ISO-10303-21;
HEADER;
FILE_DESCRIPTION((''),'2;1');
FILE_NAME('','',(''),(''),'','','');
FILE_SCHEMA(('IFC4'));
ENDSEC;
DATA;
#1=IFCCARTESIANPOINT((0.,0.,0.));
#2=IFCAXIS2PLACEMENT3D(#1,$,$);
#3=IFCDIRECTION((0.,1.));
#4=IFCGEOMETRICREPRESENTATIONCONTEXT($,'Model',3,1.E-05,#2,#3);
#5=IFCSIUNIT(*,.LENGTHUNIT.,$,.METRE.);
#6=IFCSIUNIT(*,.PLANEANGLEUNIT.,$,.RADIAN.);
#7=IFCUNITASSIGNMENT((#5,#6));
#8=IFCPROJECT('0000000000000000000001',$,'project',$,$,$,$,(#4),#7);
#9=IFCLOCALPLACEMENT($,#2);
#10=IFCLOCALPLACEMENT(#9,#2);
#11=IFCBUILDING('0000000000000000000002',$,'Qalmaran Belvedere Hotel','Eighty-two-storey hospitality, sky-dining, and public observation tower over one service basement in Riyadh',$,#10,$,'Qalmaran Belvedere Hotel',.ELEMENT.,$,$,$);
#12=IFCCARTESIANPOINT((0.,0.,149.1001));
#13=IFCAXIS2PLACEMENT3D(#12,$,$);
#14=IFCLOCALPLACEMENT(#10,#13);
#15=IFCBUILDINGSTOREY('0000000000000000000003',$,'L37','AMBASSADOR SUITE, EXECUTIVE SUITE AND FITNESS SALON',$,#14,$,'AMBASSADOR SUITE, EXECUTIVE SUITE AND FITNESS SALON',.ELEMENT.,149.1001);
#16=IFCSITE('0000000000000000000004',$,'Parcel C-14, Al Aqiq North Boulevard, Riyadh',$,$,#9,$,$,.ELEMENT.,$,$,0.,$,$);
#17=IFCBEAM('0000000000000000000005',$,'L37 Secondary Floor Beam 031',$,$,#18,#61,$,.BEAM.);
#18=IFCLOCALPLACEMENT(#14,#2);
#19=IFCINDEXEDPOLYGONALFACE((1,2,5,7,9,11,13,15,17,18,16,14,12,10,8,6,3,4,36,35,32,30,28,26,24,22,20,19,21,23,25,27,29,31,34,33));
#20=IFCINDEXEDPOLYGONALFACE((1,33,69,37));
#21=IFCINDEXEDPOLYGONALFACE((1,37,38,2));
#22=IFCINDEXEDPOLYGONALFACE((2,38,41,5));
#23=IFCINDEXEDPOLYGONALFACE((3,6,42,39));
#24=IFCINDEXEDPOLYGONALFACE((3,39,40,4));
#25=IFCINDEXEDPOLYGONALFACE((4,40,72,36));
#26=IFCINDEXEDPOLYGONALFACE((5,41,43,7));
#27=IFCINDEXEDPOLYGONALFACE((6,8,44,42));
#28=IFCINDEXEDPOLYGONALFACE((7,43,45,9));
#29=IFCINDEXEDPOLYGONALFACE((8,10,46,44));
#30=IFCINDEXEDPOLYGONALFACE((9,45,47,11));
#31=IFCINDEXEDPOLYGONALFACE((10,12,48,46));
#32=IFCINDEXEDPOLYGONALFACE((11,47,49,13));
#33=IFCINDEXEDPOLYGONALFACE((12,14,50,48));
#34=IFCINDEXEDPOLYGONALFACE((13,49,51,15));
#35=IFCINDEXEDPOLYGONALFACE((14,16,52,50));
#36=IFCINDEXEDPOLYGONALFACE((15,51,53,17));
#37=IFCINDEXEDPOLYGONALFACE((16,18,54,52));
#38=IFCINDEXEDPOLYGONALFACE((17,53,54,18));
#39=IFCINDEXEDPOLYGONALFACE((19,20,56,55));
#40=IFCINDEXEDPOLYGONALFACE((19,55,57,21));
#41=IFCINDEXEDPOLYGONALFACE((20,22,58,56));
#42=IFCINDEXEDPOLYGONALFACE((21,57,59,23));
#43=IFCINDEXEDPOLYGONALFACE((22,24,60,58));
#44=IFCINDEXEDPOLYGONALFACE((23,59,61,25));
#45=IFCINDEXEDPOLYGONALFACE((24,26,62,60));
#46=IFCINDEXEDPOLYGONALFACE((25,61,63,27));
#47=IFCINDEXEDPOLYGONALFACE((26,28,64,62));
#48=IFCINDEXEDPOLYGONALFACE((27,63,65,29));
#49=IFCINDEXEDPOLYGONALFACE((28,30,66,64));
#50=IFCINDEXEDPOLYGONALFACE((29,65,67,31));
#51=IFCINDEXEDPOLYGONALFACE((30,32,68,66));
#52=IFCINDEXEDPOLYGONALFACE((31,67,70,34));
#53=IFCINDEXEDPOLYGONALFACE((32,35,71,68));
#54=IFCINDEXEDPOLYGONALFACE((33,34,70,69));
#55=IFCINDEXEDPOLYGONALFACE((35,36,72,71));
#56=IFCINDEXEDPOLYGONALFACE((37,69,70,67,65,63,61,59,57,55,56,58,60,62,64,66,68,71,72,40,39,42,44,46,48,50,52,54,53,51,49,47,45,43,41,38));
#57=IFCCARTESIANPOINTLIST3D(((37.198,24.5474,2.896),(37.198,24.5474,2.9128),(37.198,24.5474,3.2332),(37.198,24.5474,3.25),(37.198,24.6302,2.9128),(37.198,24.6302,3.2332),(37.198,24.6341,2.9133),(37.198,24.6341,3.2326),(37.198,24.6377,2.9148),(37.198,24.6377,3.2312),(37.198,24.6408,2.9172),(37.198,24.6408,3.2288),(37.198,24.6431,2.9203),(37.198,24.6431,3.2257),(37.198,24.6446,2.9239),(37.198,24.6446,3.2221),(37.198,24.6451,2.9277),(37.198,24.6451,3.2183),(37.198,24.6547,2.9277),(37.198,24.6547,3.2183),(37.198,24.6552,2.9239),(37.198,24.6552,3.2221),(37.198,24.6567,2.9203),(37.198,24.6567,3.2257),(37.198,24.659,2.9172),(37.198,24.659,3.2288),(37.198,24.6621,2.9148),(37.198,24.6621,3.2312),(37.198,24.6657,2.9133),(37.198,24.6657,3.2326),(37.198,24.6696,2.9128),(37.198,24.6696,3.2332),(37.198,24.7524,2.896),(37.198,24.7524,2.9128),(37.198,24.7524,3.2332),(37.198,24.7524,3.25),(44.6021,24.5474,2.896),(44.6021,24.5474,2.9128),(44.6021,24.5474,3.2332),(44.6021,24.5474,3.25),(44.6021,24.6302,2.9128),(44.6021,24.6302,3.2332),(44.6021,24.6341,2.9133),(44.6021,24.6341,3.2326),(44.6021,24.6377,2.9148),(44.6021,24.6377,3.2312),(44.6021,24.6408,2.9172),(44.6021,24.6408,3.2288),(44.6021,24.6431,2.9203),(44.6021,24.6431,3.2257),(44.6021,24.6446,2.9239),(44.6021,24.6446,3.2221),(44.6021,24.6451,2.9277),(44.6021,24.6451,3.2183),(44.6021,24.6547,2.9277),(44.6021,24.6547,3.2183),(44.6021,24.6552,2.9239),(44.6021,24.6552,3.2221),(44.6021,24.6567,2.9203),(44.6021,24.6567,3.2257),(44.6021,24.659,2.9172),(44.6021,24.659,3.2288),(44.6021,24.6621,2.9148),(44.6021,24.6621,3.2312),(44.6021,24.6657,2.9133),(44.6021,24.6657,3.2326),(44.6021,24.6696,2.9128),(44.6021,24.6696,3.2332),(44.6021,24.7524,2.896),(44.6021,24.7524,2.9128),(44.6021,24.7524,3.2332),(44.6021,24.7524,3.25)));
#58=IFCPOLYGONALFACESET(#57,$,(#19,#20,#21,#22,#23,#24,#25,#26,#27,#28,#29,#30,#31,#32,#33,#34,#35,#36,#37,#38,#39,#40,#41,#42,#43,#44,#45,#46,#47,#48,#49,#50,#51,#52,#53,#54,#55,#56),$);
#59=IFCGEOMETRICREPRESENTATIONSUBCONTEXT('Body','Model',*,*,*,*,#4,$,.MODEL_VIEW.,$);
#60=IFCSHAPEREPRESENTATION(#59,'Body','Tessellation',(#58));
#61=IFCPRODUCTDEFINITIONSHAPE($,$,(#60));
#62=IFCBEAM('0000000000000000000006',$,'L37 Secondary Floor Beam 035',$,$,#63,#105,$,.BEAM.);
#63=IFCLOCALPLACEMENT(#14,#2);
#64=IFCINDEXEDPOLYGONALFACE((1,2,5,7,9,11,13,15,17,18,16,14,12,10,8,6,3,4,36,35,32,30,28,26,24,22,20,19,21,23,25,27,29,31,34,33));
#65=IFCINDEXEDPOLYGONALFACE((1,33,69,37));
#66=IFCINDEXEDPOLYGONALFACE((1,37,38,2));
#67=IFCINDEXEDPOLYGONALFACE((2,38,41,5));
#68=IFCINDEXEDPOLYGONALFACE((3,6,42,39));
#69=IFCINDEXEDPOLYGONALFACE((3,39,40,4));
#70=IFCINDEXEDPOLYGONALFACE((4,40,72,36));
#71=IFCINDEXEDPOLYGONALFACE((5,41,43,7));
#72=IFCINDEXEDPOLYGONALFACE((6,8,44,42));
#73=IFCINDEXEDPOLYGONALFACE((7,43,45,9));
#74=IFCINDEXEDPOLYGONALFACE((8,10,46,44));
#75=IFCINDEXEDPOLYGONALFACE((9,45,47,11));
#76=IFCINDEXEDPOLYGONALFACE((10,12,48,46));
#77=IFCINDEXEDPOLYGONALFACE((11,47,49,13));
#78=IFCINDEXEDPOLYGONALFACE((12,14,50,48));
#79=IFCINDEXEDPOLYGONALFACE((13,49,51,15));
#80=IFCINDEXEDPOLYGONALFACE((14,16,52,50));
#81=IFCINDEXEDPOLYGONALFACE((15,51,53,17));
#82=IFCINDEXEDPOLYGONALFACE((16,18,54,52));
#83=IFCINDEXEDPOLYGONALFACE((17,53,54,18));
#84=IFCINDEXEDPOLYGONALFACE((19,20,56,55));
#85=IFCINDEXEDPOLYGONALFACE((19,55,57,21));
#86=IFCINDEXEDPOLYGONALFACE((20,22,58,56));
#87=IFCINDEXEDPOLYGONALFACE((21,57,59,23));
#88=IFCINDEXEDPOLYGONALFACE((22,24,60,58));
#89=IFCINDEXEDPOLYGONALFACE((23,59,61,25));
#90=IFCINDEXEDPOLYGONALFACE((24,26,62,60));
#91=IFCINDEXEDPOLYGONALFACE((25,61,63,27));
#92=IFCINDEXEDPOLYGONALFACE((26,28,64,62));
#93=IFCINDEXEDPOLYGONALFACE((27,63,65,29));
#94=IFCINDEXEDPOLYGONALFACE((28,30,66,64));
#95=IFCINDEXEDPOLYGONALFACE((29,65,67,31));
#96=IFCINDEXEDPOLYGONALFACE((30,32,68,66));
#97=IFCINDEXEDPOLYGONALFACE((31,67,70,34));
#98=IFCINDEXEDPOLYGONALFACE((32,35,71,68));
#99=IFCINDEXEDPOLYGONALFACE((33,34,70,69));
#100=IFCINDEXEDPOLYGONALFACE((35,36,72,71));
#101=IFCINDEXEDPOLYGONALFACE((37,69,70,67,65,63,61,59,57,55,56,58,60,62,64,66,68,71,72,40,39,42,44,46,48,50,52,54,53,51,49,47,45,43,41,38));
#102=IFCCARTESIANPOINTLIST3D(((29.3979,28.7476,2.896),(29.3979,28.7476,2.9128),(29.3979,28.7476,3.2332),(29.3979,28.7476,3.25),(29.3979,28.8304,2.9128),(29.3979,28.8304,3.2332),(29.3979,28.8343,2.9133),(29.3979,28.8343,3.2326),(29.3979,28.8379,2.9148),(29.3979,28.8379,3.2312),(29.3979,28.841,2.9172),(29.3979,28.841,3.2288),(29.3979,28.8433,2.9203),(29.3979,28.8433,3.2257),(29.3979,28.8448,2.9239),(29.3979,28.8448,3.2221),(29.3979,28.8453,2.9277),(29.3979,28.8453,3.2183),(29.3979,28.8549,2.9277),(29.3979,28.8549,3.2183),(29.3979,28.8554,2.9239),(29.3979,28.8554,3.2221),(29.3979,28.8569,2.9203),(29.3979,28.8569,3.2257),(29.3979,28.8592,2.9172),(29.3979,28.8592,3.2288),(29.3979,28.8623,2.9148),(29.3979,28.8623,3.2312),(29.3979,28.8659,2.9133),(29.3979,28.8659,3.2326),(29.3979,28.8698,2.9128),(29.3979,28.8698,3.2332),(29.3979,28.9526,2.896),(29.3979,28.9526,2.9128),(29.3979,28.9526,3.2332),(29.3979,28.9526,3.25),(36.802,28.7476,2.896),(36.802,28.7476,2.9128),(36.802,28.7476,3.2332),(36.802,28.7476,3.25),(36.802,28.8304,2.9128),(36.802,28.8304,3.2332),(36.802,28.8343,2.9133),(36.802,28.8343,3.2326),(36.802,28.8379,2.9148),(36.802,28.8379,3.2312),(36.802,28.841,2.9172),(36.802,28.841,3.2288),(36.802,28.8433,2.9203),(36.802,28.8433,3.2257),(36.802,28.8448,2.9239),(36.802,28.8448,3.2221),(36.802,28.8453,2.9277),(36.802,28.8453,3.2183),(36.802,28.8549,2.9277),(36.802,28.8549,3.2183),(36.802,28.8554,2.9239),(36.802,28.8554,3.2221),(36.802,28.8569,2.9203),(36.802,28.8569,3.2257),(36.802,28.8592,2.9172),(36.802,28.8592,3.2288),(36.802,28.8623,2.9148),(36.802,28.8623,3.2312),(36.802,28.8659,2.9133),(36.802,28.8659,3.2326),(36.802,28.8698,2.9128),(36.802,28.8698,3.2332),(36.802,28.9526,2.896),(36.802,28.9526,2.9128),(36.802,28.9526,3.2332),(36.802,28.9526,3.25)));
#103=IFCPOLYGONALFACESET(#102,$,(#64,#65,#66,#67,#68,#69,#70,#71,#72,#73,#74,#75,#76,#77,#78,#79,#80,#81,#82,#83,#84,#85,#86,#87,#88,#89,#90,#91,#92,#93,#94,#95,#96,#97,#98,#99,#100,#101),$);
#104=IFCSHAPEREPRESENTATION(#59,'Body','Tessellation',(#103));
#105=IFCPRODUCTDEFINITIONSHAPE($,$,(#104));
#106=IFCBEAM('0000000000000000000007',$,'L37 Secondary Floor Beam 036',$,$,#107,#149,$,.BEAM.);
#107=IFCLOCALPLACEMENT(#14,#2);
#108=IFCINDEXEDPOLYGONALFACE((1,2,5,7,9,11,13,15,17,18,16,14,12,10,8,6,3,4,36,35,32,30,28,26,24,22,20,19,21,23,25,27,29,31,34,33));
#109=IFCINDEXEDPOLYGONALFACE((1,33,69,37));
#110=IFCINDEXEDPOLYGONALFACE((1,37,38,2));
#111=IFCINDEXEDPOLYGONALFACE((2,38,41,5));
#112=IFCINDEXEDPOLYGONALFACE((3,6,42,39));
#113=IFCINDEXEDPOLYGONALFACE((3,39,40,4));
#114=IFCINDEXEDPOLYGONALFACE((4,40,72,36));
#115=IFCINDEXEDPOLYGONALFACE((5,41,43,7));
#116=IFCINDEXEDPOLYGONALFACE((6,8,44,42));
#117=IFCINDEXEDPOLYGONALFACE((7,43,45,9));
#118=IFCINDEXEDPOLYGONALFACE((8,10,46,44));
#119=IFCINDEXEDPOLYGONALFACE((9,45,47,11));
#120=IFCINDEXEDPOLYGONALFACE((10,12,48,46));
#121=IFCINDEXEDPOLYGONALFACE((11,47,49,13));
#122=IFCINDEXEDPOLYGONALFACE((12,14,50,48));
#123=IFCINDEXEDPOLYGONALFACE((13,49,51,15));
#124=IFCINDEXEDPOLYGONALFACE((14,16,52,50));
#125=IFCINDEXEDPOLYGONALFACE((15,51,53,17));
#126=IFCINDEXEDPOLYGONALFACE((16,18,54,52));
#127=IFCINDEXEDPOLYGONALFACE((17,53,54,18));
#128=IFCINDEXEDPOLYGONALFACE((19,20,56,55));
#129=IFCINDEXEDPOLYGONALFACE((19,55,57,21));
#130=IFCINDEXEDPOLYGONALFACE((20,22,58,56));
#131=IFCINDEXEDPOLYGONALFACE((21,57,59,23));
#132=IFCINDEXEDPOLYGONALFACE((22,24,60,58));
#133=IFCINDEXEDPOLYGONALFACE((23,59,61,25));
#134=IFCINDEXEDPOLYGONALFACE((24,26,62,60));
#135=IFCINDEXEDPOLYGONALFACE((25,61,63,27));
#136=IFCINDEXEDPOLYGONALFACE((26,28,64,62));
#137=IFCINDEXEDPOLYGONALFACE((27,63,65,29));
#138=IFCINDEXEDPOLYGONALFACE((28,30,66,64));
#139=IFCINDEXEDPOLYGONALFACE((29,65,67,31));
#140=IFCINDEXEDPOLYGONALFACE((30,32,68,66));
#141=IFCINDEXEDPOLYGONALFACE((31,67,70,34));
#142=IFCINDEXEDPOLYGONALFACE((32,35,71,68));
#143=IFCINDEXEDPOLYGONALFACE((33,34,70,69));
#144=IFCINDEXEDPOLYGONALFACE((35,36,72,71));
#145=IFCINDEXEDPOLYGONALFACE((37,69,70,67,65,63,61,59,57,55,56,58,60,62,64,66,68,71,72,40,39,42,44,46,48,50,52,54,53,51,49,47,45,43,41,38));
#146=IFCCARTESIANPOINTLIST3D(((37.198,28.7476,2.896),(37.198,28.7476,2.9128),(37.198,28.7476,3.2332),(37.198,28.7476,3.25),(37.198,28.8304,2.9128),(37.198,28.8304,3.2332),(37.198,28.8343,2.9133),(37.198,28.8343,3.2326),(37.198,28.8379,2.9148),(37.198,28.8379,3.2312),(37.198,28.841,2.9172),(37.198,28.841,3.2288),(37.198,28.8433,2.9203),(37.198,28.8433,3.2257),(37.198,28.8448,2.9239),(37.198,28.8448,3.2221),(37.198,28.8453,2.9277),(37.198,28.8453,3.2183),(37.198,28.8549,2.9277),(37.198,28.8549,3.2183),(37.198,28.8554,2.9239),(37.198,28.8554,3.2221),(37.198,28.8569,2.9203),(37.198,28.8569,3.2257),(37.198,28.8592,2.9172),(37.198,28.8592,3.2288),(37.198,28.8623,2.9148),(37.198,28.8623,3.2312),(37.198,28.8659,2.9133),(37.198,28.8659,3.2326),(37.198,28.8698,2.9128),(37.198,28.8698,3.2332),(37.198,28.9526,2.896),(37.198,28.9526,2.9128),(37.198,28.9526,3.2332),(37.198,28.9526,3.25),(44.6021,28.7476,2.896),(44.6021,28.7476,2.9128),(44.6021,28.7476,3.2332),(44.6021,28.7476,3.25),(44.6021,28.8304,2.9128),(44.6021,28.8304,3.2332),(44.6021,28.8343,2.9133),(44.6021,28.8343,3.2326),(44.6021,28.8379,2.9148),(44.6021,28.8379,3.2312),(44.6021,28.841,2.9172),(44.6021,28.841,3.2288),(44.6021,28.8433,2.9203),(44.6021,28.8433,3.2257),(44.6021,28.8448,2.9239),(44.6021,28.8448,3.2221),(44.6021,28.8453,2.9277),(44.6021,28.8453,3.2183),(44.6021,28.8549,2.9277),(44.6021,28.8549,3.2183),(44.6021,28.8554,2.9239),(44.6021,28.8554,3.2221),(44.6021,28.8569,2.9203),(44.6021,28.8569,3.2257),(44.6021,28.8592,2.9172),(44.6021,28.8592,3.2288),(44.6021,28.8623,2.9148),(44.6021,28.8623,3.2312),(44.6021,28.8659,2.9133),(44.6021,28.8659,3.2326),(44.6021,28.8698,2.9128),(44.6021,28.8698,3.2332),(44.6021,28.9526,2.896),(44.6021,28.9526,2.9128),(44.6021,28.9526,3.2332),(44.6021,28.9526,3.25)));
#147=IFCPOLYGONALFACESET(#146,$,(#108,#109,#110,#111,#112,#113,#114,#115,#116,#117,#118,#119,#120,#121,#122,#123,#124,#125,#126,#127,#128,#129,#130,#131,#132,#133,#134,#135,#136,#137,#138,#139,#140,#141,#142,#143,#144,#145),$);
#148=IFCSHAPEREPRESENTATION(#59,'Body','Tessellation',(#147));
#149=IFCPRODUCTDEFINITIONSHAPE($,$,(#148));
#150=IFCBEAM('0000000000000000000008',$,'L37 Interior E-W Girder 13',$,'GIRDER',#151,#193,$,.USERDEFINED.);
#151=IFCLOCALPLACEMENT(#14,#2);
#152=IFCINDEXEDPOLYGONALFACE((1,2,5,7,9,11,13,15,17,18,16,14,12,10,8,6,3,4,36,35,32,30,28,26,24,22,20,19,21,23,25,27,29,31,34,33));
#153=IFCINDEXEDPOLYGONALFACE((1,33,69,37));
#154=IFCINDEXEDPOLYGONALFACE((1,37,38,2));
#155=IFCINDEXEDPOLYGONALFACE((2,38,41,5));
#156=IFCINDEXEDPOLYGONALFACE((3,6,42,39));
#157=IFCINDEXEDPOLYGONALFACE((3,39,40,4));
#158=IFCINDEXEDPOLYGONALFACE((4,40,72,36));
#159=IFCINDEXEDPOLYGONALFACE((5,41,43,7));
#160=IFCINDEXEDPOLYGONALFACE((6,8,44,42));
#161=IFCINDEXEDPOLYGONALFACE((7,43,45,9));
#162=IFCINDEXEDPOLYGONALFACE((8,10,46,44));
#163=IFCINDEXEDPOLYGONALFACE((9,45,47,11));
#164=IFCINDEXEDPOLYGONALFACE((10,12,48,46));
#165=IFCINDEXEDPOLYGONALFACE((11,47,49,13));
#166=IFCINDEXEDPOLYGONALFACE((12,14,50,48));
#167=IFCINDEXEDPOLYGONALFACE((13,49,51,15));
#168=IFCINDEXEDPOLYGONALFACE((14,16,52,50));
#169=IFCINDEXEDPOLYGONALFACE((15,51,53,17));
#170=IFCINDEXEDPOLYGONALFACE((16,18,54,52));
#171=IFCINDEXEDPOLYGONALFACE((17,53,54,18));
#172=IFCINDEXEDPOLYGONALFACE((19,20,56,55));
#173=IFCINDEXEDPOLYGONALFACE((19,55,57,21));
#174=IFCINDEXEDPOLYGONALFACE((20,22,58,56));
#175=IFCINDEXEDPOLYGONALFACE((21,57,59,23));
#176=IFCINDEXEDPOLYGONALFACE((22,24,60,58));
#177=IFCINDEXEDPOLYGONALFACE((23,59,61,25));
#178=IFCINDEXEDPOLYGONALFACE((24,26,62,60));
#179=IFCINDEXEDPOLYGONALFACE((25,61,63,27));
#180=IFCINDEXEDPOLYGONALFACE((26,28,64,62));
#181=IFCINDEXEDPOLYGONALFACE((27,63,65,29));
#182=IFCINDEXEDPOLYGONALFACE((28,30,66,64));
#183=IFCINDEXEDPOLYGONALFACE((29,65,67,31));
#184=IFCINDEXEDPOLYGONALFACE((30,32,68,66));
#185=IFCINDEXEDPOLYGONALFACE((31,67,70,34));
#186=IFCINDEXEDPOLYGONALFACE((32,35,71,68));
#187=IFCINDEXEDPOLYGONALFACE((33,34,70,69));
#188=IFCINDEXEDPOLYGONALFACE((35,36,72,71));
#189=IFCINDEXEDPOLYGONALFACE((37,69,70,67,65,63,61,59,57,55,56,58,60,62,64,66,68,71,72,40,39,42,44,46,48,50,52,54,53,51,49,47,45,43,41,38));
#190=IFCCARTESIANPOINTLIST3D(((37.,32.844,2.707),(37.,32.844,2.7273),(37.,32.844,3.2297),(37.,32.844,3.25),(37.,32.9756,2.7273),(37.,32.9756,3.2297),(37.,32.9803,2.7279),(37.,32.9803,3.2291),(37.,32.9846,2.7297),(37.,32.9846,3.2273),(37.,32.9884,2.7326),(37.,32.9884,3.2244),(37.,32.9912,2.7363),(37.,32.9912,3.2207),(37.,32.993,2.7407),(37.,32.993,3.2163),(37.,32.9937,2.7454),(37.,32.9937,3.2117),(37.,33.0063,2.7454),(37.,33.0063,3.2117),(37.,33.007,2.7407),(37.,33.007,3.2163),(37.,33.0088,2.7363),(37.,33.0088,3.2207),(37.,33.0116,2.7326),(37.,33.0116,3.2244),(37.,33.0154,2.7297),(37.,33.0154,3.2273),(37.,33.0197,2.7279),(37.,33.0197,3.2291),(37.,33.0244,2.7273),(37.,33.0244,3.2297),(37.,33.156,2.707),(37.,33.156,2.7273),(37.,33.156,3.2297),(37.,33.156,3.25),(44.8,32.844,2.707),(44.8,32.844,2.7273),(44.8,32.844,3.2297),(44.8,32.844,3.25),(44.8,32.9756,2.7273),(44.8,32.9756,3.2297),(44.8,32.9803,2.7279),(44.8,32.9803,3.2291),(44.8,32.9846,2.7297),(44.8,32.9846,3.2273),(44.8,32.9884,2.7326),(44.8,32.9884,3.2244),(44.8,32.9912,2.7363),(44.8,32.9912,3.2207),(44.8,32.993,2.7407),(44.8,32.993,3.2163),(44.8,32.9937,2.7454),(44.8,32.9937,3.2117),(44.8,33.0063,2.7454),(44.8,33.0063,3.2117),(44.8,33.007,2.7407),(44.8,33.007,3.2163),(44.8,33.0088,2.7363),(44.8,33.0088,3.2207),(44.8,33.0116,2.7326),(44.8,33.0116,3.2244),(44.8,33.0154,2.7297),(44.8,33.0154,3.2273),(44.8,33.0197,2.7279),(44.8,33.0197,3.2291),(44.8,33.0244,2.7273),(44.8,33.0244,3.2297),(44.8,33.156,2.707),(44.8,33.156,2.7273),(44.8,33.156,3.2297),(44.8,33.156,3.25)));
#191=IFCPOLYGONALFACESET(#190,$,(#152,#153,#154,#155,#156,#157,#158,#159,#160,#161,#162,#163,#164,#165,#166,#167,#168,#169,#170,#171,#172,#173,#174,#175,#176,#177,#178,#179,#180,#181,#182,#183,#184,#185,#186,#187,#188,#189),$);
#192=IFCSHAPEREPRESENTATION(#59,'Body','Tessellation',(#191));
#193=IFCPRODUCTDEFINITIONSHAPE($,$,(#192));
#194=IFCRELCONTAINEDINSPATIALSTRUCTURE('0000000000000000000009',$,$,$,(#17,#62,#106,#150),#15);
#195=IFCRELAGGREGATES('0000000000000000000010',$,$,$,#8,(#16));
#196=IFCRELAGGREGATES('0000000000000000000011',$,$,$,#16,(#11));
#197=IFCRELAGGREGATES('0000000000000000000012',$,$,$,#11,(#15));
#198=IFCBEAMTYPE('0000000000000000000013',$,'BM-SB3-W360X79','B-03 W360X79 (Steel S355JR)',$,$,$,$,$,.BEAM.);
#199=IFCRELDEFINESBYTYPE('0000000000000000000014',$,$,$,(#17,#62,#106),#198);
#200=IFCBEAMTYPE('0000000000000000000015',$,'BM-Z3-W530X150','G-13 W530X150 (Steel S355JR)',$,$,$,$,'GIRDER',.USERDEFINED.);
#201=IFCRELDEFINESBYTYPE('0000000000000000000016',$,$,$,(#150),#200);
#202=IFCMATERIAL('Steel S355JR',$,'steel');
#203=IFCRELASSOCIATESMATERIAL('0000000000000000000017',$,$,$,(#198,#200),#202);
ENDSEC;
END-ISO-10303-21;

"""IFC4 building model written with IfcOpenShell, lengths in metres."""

from ifc_helpers import new_model, si_unit, direction, frame, origin, origin_2d, place, context, subcontext, project, spatial, i_section, extrude, material, material_profile, profile_set, type_object, element, save


model = new_model("IFC4")

# Units and contexts
model_context = context("Model", 3, precision=1e-05, world=origin(), true_north=direction((0.0, 1.0)))
body_context = subcontext(model_context, "Body", "Model", "MODEL_VIEW")
ifc_project = project(units=[si_unit("LENGTHUNIT", "METRE"), si_unit("PLANEANGLEUNIT", "RADIAN")], contexts=[model_context])

# Site, building, storey
site_placement = place(None, origin())
site = spatial("IfcSite", under=ifc_project, at=site_placement, Name="Parcel C-14, Al Aqiq North Boulevard, Riyadh", CompositionType="ELEMENT", RefElevation=0.0)
building_placement = place(site_placement, origin())
building = spatial("IfcBuilding", under=site, at=building_placement, Name="Qalmaran Belvedere Hotel", Description="Eighty-two-storey hospitality, sky-dining, and public observation tower over one service basement in Riyadh", LongName="Qalmaran Belvedere Hotel", CompositionType="ELEMENT")
storey_placement = place(building_placement, frame((0.0, 0.0, 149.1001)))
storey = spatial("IfcBuildingStorey", under=building, at=storey_placement, Name="L37", Description="AMBASSADOR SUITE, EXECUTIVE SUITE AND FITNESS SALON", LongName="AMBASSADOR SUITE, EXECUTIVE SUITE AND FITNESS SALON", CompositionType="ELEMENT", Elevation=149.1001)

# Beams
ifc_material_1 = material(Name="Steel S355JR", Category="steel")
ifc_material_profile_1 = material_profile(ifc_material_1, i_section(OverallWidth=0.2051, OverallDepth=0.354, WebThickness=0.0095, FlangeThickness=0.0168, FilletRadius=0.0149, at=origin_2d()), Name="W360X79")
ifc_profile_set_1 = profile_set([ifc_material_profile_1], Name="Steel S355JR")
beam_type_1 = type_object("IfcBeamType", Name="BM-SB3-W360X79", Description="B-03 W360X79 (Steel S355JR)", PredefinedType="BEAM", material=ifc_profile_set_1)
for number, where, z_axis, x_axis, name in (
    (1, (37.198, 24.6499, 3.073), (1.0, 0.0, 0.0), (0.0, 1.0, 0.0), "L37 Secondary Floor Beam 031"),
    (2, (29.3979, 28.8501, 3.073), (1.0, 0.0, 0.0), (0.0, 1.0, 0.0), "L37 Secondary Floor Beam 035"),
    (3, (37.198, 28.8501, 3.073), (1.0, 0.0, 0.0), (0.0, 1.0, 0.0), "L37 Secondary Floor Beam 036"),
):
    element("IfcBeam", number, at=place(storey_placement, frame(where, z_axis=z_axis, x_axis=x_axis)), inside=storey, type_object=beam_type_1, Name=name, PredefinedType="BEAM", context=body_context, shape_type="SweptSolid", body=[
        extrude(i_section(OverallWidth=0.2051, OverallDepth=0.354, WebThickness=0.0095, FlangeThickness=0.0168, FilletRadius=0.0149, at=origin_2d()), origin(), (0.0, 0.0, 1.0), 7.4041),
    ])
ifc_material_profile_2 = material_profile(ifc_material_1, i_section(OverallWidth=0.312, OverallDepth=0.543, WebThickness=0.0127, FlangeThickness=0.0203, FilletRadius=0.0181, at=origin_2d()), Name="W530X150")
ifc_profile_set_2 = profile_set([ifc_material_profile_2], Name="Steel S355JR")
beam_type_2 = type_object("IfcBeamType", Name="BM-Z3-W530X150", Description="G-13 W530X150 (Steel S355JR)", ElementType="GIRDER", PredefinedType="USERDEFINED", material=ifc_profile_set_2)
beam_placement = place(storey_placement, frame((37.0, 33.0, 2.9785), z_axis=(1.0, 0.0, 0.0), x_axis=(0.0, 1.0, 0.0)))
element("IfcBeam", 4, at=beam_placement, inside=storey, type_object=beam_type_2, Name="L37 Interior E-W Girder 13", ObjectType="GIRDER", PredefinedType="USERDEFINED", context=body_context, shape_type="SweptSolid", body=[
    extrude(i_section(OverallWidth=0.312, OverallDepth=0.543, WebThickness=0.0127, FlangeThickness=0.0203, FilletRadius=0.0181, at=origin_2d()), origin(), (0.0, 0.0, 1.0), 7.8),
])

save(model, "model.ifc")
